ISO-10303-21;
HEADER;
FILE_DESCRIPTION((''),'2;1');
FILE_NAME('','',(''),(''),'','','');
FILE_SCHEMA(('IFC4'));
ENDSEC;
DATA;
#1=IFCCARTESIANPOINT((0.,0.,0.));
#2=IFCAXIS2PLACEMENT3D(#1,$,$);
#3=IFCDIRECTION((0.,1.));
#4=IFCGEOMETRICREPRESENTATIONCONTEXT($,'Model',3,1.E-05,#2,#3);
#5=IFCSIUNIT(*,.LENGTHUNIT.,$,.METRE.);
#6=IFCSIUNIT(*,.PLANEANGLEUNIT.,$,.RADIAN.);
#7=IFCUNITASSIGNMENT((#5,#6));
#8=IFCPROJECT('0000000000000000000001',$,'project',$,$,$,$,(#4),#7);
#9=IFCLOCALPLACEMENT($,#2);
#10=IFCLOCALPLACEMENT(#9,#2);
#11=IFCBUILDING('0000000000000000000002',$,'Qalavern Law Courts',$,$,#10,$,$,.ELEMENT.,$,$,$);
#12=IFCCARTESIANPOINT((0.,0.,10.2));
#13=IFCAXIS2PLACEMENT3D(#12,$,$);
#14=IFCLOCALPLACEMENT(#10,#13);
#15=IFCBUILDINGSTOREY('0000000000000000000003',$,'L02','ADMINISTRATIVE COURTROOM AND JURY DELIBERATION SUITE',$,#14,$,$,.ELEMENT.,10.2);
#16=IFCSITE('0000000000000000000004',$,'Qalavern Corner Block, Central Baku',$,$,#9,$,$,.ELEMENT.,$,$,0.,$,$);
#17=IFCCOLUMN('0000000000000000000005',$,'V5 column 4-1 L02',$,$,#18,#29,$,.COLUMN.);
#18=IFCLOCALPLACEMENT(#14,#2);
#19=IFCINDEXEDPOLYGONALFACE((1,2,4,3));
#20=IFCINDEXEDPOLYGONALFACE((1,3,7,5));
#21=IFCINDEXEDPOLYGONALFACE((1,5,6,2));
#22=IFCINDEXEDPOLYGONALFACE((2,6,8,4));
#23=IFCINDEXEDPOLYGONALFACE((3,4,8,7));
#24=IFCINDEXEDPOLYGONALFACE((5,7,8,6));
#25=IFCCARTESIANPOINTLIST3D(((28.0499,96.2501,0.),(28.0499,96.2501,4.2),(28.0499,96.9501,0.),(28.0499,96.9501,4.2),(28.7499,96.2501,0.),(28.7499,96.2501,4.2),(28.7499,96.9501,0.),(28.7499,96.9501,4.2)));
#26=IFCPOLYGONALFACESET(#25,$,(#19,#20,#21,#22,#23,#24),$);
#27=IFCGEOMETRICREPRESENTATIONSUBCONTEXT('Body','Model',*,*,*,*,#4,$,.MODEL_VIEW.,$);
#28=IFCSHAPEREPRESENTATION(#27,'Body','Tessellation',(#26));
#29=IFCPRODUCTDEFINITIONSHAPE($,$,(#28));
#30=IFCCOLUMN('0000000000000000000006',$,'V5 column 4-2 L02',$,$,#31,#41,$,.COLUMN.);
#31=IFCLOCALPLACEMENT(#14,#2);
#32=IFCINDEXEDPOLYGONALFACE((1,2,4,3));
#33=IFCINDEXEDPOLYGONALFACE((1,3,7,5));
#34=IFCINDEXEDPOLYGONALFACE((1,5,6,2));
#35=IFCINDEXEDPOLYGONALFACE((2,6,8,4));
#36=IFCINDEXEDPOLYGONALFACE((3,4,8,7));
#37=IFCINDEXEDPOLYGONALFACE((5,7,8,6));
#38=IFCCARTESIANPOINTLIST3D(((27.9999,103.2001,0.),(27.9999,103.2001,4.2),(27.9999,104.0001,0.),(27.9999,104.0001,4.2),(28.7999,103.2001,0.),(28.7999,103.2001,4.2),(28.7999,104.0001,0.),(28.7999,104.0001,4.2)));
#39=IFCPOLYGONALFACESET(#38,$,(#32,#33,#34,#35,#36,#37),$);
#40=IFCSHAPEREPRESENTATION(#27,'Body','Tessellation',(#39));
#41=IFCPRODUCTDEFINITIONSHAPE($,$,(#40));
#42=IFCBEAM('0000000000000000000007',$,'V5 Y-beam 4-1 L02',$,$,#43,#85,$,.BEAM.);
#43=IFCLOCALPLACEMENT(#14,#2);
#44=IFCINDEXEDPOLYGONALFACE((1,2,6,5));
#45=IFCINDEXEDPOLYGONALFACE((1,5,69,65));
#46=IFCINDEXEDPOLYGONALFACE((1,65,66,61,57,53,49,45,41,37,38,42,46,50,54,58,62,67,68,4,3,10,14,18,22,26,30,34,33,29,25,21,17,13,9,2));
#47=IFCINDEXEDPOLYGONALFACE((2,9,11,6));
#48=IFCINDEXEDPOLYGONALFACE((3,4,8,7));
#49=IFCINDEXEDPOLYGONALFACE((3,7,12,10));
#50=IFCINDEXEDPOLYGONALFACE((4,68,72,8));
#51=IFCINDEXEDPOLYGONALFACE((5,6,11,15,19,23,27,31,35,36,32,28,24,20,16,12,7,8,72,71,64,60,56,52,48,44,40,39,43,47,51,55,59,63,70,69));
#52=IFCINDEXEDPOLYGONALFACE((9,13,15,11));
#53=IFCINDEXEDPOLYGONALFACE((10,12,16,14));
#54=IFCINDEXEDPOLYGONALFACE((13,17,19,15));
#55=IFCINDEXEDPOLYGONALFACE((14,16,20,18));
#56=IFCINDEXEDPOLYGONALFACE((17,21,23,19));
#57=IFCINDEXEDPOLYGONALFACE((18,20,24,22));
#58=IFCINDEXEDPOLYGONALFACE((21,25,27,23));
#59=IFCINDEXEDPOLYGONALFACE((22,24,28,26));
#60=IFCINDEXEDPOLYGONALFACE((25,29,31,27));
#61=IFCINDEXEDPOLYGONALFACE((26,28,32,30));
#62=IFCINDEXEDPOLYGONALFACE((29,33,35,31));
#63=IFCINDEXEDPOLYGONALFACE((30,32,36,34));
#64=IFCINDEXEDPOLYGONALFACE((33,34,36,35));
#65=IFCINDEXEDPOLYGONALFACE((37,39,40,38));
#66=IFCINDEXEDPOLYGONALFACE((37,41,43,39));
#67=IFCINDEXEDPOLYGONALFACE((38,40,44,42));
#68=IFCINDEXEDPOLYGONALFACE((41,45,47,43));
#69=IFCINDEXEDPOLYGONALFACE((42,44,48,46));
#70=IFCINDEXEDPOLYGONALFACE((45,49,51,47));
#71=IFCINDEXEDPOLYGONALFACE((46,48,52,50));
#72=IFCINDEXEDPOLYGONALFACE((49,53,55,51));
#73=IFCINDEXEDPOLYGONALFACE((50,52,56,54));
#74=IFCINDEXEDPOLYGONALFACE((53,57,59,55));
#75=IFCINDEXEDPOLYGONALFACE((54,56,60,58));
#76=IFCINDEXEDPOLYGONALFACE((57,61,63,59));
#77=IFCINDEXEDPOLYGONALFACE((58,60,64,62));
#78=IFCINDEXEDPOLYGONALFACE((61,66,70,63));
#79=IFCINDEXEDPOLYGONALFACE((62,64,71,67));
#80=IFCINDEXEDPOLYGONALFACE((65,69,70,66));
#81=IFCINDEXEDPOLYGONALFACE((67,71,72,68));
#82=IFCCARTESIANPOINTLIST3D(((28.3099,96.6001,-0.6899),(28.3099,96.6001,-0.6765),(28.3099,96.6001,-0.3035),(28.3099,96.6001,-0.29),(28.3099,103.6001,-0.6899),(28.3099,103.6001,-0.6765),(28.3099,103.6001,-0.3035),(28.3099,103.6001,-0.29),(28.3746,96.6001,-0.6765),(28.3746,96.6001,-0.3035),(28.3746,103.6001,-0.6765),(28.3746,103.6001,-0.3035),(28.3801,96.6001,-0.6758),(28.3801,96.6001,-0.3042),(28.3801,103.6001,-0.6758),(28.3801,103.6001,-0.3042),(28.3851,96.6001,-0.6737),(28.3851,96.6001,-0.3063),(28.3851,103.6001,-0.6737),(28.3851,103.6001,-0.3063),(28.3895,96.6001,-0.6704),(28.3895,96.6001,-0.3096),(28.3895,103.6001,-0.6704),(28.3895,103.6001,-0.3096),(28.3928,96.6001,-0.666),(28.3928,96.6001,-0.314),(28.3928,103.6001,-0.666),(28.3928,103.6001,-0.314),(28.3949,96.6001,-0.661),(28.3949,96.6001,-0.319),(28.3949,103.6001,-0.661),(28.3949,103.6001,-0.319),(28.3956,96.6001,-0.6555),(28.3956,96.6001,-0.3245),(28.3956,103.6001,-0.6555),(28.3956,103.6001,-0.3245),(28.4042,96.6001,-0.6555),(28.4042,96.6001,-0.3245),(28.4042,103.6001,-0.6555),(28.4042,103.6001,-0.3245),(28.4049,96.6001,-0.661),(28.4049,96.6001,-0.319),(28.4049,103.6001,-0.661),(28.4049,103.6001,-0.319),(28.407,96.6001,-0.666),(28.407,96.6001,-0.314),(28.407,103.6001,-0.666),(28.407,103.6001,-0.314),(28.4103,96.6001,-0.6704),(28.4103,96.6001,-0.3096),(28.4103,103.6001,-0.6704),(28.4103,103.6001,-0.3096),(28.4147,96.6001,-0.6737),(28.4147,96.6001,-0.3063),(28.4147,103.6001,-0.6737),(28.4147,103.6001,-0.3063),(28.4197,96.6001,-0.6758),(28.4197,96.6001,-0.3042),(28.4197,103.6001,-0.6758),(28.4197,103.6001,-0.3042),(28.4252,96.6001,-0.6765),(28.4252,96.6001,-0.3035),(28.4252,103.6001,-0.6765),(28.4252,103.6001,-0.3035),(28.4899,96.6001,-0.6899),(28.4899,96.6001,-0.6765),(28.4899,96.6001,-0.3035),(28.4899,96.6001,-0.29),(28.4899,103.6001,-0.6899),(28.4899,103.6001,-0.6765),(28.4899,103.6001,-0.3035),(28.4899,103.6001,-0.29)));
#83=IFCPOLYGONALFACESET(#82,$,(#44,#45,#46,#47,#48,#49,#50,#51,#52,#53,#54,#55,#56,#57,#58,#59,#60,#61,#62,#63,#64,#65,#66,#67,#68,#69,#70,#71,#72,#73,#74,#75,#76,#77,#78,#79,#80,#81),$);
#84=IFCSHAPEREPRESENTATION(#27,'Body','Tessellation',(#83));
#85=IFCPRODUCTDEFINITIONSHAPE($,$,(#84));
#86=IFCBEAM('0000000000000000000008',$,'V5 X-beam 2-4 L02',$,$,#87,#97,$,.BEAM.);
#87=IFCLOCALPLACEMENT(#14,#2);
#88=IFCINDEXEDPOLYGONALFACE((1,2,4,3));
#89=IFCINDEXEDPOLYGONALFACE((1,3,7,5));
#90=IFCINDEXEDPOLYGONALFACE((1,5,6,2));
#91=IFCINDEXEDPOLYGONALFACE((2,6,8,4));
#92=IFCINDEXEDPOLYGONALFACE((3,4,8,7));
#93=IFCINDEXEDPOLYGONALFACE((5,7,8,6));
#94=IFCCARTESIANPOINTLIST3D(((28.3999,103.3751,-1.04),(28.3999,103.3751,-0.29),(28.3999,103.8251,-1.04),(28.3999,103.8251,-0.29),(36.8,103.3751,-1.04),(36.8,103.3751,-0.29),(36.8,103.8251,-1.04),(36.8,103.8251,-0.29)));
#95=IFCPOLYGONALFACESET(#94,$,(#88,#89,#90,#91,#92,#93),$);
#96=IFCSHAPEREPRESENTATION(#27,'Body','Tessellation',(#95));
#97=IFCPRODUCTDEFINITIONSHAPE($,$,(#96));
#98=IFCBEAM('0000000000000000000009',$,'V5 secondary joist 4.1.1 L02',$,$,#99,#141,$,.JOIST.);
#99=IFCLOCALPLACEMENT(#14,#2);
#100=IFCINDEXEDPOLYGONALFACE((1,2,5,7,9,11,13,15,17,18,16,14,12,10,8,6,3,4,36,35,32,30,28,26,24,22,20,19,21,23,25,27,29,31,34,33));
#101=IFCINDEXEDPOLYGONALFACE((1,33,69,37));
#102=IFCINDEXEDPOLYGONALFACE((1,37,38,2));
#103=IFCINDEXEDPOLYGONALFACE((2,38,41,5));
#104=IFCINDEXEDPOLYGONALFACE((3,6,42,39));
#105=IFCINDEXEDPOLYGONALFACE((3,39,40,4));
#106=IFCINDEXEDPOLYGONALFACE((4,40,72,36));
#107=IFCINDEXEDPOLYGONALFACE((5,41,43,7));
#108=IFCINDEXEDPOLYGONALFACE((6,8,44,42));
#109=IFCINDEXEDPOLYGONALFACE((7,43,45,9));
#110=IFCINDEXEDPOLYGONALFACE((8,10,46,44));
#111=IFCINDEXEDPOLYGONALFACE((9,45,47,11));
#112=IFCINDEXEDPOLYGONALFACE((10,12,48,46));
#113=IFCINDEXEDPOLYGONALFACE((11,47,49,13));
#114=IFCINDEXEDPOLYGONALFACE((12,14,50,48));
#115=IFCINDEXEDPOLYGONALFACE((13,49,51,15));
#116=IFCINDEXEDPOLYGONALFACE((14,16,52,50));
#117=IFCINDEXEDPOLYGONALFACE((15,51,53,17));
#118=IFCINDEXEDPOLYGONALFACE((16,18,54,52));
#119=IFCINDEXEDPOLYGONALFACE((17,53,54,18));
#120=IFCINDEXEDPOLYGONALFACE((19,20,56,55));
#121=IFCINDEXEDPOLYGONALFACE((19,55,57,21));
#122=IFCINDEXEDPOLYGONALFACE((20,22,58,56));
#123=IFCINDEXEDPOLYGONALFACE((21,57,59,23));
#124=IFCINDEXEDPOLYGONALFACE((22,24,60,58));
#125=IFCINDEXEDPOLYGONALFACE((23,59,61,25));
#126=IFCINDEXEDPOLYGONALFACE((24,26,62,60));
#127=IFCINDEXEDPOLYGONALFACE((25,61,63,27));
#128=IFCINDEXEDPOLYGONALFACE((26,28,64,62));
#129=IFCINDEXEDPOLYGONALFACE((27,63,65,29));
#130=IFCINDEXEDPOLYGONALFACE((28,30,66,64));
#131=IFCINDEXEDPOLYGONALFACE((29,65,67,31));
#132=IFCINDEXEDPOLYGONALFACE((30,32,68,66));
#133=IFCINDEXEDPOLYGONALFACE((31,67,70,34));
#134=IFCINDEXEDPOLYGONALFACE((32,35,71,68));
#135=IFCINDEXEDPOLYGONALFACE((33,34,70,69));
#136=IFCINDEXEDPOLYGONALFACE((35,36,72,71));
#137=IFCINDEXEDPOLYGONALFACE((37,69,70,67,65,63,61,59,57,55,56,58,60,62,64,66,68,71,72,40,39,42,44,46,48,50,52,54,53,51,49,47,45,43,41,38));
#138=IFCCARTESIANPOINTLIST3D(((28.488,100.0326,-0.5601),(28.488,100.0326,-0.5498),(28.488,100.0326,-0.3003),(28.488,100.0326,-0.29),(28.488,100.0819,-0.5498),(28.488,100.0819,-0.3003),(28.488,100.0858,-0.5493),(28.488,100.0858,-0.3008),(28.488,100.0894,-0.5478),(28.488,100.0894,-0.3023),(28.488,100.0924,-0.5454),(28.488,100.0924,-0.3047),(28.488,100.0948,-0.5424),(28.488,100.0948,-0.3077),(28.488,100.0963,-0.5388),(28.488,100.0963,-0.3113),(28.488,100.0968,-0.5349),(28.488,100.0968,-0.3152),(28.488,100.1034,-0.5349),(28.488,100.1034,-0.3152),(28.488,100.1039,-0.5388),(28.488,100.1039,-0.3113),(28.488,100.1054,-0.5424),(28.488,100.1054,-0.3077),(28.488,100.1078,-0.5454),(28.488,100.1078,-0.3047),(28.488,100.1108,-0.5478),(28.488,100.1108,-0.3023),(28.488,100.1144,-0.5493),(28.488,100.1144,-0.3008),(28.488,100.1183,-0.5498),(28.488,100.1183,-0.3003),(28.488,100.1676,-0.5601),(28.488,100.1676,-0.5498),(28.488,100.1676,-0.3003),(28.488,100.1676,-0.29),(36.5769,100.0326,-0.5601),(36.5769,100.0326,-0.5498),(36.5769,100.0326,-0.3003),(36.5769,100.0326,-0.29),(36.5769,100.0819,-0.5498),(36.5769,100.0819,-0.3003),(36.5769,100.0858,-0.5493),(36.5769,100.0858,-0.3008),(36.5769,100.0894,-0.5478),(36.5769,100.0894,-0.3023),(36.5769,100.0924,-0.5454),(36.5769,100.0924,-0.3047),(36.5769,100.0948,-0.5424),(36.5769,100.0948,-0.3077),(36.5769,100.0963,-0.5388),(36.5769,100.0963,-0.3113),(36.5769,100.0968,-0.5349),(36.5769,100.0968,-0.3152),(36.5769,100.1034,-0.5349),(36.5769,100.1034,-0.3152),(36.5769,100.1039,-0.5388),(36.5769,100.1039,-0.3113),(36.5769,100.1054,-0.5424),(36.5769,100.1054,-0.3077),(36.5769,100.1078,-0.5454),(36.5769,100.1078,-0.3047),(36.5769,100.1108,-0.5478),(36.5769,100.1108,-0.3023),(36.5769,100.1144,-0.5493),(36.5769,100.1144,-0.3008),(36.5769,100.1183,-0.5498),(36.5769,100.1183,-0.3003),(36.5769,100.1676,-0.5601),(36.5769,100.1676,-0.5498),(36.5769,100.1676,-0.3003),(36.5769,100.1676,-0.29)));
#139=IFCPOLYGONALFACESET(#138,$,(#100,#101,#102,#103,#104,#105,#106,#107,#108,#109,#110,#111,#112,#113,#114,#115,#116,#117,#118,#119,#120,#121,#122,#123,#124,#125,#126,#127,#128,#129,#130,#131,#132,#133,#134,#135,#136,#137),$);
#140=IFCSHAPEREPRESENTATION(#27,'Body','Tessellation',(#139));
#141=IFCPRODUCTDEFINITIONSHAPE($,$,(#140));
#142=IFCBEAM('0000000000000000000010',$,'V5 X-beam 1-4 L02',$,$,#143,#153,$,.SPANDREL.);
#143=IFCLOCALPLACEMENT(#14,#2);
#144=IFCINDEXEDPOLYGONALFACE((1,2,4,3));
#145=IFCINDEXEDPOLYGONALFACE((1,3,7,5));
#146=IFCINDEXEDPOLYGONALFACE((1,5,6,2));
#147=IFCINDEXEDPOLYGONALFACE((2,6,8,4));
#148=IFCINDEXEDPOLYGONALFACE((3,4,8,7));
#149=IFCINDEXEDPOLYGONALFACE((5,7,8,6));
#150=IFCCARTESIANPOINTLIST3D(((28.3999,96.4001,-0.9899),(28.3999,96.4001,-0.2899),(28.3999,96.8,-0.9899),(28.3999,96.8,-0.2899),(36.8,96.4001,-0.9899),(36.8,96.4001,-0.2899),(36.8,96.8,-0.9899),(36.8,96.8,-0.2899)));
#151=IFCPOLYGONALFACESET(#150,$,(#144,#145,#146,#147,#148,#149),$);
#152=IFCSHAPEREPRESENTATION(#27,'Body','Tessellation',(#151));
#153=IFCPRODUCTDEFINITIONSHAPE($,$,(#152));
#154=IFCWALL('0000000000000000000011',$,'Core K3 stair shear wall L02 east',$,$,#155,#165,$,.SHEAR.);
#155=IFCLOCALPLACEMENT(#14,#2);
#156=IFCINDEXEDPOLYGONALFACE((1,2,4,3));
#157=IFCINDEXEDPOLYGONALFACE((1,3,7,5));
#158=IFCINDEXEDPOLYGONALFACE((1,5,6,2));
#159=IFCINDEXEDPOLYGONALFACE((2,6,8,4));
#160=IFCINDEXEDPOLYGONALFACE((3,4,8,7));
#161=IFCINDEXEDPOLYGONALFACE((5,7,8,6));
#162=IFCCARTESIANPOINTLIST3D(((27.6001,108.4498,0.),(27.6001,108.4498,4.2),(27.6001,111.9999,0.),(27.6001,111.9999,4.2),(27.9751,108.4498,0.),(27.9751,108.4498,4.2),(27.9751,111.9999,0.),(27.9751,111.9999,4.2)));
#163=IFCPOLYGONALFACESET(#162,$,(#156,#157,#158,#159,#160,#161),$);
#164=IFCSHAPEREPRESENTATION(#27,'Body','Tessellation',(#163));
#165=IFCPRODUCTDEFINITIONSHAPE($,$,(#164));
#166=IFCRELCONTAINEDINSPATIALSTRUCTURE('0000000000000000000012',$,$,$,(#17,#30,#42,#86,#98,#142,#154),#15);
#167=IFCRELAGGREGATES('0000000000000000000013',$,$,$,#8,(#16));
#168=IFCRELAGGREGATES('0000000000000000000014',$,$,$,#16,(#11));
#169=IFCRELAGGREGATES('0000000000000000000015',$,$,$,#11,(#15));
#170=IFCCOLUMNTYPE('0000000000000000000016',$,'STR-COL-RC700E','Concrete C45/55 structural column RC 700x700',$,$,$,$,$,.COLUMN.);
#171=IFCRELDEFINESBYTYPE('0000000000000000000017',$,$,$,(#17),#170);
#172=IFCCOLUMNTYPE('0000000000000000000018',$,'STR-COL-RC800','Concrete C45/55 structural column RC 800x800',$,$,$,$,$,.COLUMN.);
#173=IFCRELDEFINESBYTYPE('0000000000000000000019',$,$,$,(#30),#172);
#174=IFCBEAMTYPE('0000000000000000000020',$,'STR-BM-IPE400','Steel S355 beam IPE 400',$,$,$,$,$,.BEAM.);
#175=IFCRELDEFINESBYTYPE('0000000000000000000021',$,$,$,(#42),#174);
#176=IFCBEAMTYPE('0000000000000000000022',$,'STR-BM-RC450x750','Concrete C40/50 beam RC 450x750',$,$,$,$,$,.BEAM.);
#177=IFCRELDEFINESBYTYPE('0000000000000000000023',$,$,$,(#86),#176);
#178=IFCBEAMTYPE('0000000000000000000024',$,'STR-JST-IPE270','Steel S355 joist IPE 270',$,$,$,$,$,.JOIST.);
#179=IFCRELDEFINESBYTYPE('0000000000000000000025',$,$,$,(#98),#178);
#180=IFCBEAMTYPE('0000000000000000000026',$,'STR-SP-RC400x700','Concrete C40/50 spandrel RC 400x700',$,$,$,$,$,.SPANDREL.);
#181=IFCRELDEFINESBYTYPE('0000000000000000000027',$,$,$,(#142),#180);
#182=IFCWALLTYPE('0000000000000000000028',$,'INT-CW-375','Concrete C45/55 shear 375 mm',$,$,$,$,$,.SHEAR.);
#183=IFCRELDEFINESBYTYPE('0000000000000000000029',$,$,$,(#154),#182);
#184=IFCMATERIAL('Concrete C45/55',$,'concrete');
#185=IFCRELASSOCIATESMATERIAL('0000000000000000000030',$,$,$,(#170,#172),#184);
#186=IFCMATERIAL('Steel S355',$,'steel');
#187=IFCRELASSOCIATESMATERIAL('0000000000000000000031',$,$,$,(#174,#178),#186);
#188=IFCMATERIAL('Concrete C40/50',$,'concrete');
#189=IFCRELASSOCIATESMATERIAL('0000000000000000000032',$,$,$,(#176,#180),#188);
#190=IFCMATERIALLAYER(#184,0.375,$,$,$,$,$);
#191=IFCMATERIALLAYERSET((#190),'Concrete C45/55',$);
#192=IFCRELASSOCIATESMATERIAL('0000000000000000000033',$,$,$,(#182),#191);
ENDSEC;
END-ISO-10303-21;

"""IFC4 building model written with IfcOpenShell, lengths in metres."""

from ifc_helpers import new_model, si_unit, direction, frame, frame_2d, origin, origin_2d, place, context, subcontext, project, spatial, rectangle, i_section, extrude, material, layer, layer_set, material_profile, profile_set, type_object, element, save


model = new_model("IFC4")

# Units and contexts
model_context = context("Model", 3, precision=1e-05, world=origin(), true_north=direction((0.0, 1.0)))
body_context = subcontext(model_context, "Body", "Model", "MODEL_VIEW")
ifc_project = project(units=[si_unit("LENGTHUNIT", "METRE"), si_unit("PLANEANGLEUNIT", "RADIAN")], contexts=[model_context])

# Site, building, storey
site_placement = place(None, origin())
site = spatial("IfcSite", under=ifc_project, at=site_placement, Name="Qalavern Corner Block, Central Baku", CompositionType="ELEMENT", RefElevation=0.0)
building_placement = place(site_placement, origin())
building = spatial("IfcBuilding", under=site, at=building_placement, Name="Qalavern Law Courts", CompositionType="ELEMENT")
storey_placement = place(building_placement, frame((0.0, 0.0, 10.2)))
storey = spatial("IfcBuildingStorey", under=building, at=storey_placement, Name="L02", Description="ADMINISTRATIVE COURTROOM AND JURY DELIBERATION SUITE", CompositionType="ELEMENT", Elevation=10.2)

# Columns
ifc_material_1 = material(Name="Concrete C45/55", Category="concrete")
ifc_material_profile_1 = material_profile(ifc_material_1, rectangle(XDim=0.7, YDim=0.7, at=origin_2d()), Name="RC 700x700")
ifc_profile_set_1 = profile_set([ifc_material_profile_1], Name="Concrete C45/55")
column_type_1 = type_object("IfcColumnType", Name="STR-COL-RC700E", Description="Concrete C45/55 structural column RC 700x700", PredefinedType="COLUMN", material=ifc_profile_set_1)
column_1_placement = place(storey_placement, frame((28.3999, 96.6001, 0.0), z_axis=(0.0, 0.0, 1.0), x_axis=(1.0, 0.0, 0.0)))
element("IfcColumn", 1, at=column_1_placement, inside=storey, type_object=column_type_1, Name="V5 column 4-1 L02", PredefinedType="COLUMN", context=body_context, shape_type="SweptSolid", body=[
    extrude(rectangle(XDim=0.7, YDim=0.7, at=origin_2d()), origin(), (0.0, 0.0, 1.0), 4.2),
])
ifc_material_profile_2 = material_profile(ifc_material_1, rectangle(XDim=0.8, YDim=0.8, at=origin_2d()), Name="RC 800x800")
ifc_profile_set_2 = profile_set([ifc_material_profile_2], Name="Concrete C45/55")
column_type_2 = type_object("IfcColumnType", Name="STR-COL-RC800", Description="Concrete C45/55 structural column RC 800x800", PredefinedType="COLUMN", material=ifc_profile_set_2)
column_2_placement = place(storey_placement, frame((28.3999, 103.6001, 0.0), z_axis=(0.0, 0.0, 1.0), x_axis=(1.0, 0.0, 0.0)))
element("IfcColumn", 2, at=column_2_placement, inside=storey, type_object=column_type_2, Name="V5 column 4-2 L02", PredefinedType="COLUMN", context=body_context, shape_type="SweptSolid", body=[
    extrude(rectangle(XDim=0.8, YDim=0.8, at=origin_2d()), origin(), (0.0, 0.0, 1.0), 4.2),
])

# Beams
ifc_material_2 = material(Name="Steel S355", Category="steel")
ifc_material_profile_3 = material_profile(ifc_material_2, i_section(OverallWidth=0.1799, OverallDepth=0.3999, WebThickness=0.0085, FlangeThickness=0.0134, FilletRadius=0.021, at=origin_2d()), Name="IPE 400")
ifc_profile_set_3 = profile_set([ifc_material_profile_3], Name="Steel S355")
beam_type_1 = type_object("IfcBeamType", Name="STR-BM-IPE400", Description="Steel S355 beam IPE 400", PredefinedType="BEAM", material=ifc_profile_set_3)
beam_1_placement = place(storey_placement, frame((28.3999, 96.6001, -0.49), z_axis=(0.0, 1.0, 0.0), x_axis=(-1.0, 0.0, 0.0)))
element("IfcBeam", 3, at=beam_1_placement, inside=storey, type_object=beam_type_1, Name="V5 Y-beam 4-1 L02", PredefinedType="BEAM", context=body_context, shape_type="SweptSolid", body=[
    extrude(i_section(OverallWidth=0.1799, OverallDepth=0.3999, WebThickness=0.0085, FlangeThickness=0.0134, FilletRadius=0.021, at=origin_2d()), origin(), (0.0, 0.0, 1.0), 7.0),
])
ifc_material_3 = material(Name="Concrete C40/50", Category="concrete")
ifc_material_profile_4 = material_profile(ifc_material_3, rectangle(XDim=0.45, YDim=0.75, at=origin_2d()), Name="RC 450x750")
ifc_profile_set_4 = profile_set([ifc_material_profile_4], Name="Concrete C40/50")
beam_type_2 = type_object("IfcBeamType", Name="STR-BM-RC450x750", Description="Concrete C40/50 beam RC 450x750", PredefinedType="BEAM", material=ifc_profile_set_4)
beam_2_placement = place(storey_placement, frame((28.3999, 103.6001, -0.665), z_axis=(1.0, 0.0, 0.0), x_axis=(0.0, 1.0, 0.0)))
element("IfcBeam", 4, at=beam_2_placement, inside=storey, type_object=beam_type_2, Name="V5 X-beam 2-4 L02", PredefinedType="BEAM", context=body_context, shape_type="SweptSolid", body=[
    extrude(rectangle(XDim=0.45, YDim=0.75, at=origin_2d()), origin(), (0.0, 0.0, 1.0), 8.4001),
])
ifc_material_profile_5 = material_profile(ifc_material_2, i_section(OverallWidth=0.135, OverallDepth=0.27, WebThickness=0.0066, FlangeThickness=0.0103, FilletRadius=0.0149, at=origin_2d()), Name="IPE 270")
ifc_profile_set_5 = profile_set([ifc_material_profile_5], Name="Steel S355")
beam_type_3 = type_object("IfcBeamType", Name="STR-JST-IPE270", Description="Steel S355 joist IPE 270", PredefinedType="JOIST", material=ifc_profile_set_5)
beam_3_placement = place(storey_placement, frame((28.488, 100.1001, -0.425), z_axis=(1.0, 0.0, 0.0), x_axis=(0.0, 1.0, 0.0)))
element("IfcBeam", 5, at=beam_3_placement, inside=storey, type_object=beam_type_3, Name="V5 secondary joist 4.1.1 L02", PredefinedType="JOIST", context=body_context, shape_type="SweptSolid", body=[
    extrude(i_section(OverallWidth=0.135, OverallDepth=0.27, WebThickness=0.0066, FlangeThickness=0.0103, FilletRadius=0.0149, at=origin_2d()), origin(), (0.0, 0.0, 1.0), 8.0889),
])
ifc_material_profile_6 = material_profile(ifc_material_3, rectangle(XDim=0.3999, YDim=0.7, at=origin_2d()), Name="RC 400x700")
ifc_profile_set_6 = profile_set([ifc_material_profile_6], Name="Concrete C40/50")
beam_type_4 = type_object("IfcBeamType", Name="STR-SP-RC400x700", Description="Concrete C40/50 spandrel RC 400x700", PredefinedType="SPANDREL", material=ifc_profile_set_6)
beam_4_placement = place(storey_placement, frame((28.3999, 96.6001, -0.6399), z_axis=(1.0, 0.0, 0.0), x_axis=(0.0, 1.0, 0.0)))
element("IfcBeam", 6, at=beam_4_placement, inside=storey, type_object=beam_type_4, Name="V5 X-beam 1-4 L02", PredefinedType="SPANDREL", context=body_context, shape_type="SweptSolid", body=[
    extrude(rectangle(XDim=0.3999, YDim=0.7, at=origin_2d()), origin(), (0.0, 0.0, 1.0), 8.4001),
])

# Shared definitions
ifc_layer_1 = layer(ifc_material_1, 0.375)
ifc_layer_set_1 = layer_set([ifc_layer_1], Name="Concrete C45/55")
wall_type_1 = type_object("IfcWallType", Name="INT-CW-375", Description="Concrete C45/55 shear 375 mm", PredefinedType="SHEAR", material=ifc_layer_set_1)

# Wall
wall_1_placement = place(storey_placement, frame((27.7876, 108.45, 0.0), z_axis=(0.0, 0.0, 1.0), x_axis=(0.0, 1.0, 0.0)))
element("IfcWall", 7, at=wall_1_placement, inside=storey, type_object=wall_type_1, Name="Core K3 stair shear wall L02 east", PredefinedType="SHEAR", context=body_context, shape_type="SweptSolid", body=[
    extrude(rectangle(XDim=3.55, YDim=0.375, at=frame_2d((1.7749, 0.0))), origin(), (0.0, 0.0, 1.0), 4.2),
])

save(model, "model.ifc")
